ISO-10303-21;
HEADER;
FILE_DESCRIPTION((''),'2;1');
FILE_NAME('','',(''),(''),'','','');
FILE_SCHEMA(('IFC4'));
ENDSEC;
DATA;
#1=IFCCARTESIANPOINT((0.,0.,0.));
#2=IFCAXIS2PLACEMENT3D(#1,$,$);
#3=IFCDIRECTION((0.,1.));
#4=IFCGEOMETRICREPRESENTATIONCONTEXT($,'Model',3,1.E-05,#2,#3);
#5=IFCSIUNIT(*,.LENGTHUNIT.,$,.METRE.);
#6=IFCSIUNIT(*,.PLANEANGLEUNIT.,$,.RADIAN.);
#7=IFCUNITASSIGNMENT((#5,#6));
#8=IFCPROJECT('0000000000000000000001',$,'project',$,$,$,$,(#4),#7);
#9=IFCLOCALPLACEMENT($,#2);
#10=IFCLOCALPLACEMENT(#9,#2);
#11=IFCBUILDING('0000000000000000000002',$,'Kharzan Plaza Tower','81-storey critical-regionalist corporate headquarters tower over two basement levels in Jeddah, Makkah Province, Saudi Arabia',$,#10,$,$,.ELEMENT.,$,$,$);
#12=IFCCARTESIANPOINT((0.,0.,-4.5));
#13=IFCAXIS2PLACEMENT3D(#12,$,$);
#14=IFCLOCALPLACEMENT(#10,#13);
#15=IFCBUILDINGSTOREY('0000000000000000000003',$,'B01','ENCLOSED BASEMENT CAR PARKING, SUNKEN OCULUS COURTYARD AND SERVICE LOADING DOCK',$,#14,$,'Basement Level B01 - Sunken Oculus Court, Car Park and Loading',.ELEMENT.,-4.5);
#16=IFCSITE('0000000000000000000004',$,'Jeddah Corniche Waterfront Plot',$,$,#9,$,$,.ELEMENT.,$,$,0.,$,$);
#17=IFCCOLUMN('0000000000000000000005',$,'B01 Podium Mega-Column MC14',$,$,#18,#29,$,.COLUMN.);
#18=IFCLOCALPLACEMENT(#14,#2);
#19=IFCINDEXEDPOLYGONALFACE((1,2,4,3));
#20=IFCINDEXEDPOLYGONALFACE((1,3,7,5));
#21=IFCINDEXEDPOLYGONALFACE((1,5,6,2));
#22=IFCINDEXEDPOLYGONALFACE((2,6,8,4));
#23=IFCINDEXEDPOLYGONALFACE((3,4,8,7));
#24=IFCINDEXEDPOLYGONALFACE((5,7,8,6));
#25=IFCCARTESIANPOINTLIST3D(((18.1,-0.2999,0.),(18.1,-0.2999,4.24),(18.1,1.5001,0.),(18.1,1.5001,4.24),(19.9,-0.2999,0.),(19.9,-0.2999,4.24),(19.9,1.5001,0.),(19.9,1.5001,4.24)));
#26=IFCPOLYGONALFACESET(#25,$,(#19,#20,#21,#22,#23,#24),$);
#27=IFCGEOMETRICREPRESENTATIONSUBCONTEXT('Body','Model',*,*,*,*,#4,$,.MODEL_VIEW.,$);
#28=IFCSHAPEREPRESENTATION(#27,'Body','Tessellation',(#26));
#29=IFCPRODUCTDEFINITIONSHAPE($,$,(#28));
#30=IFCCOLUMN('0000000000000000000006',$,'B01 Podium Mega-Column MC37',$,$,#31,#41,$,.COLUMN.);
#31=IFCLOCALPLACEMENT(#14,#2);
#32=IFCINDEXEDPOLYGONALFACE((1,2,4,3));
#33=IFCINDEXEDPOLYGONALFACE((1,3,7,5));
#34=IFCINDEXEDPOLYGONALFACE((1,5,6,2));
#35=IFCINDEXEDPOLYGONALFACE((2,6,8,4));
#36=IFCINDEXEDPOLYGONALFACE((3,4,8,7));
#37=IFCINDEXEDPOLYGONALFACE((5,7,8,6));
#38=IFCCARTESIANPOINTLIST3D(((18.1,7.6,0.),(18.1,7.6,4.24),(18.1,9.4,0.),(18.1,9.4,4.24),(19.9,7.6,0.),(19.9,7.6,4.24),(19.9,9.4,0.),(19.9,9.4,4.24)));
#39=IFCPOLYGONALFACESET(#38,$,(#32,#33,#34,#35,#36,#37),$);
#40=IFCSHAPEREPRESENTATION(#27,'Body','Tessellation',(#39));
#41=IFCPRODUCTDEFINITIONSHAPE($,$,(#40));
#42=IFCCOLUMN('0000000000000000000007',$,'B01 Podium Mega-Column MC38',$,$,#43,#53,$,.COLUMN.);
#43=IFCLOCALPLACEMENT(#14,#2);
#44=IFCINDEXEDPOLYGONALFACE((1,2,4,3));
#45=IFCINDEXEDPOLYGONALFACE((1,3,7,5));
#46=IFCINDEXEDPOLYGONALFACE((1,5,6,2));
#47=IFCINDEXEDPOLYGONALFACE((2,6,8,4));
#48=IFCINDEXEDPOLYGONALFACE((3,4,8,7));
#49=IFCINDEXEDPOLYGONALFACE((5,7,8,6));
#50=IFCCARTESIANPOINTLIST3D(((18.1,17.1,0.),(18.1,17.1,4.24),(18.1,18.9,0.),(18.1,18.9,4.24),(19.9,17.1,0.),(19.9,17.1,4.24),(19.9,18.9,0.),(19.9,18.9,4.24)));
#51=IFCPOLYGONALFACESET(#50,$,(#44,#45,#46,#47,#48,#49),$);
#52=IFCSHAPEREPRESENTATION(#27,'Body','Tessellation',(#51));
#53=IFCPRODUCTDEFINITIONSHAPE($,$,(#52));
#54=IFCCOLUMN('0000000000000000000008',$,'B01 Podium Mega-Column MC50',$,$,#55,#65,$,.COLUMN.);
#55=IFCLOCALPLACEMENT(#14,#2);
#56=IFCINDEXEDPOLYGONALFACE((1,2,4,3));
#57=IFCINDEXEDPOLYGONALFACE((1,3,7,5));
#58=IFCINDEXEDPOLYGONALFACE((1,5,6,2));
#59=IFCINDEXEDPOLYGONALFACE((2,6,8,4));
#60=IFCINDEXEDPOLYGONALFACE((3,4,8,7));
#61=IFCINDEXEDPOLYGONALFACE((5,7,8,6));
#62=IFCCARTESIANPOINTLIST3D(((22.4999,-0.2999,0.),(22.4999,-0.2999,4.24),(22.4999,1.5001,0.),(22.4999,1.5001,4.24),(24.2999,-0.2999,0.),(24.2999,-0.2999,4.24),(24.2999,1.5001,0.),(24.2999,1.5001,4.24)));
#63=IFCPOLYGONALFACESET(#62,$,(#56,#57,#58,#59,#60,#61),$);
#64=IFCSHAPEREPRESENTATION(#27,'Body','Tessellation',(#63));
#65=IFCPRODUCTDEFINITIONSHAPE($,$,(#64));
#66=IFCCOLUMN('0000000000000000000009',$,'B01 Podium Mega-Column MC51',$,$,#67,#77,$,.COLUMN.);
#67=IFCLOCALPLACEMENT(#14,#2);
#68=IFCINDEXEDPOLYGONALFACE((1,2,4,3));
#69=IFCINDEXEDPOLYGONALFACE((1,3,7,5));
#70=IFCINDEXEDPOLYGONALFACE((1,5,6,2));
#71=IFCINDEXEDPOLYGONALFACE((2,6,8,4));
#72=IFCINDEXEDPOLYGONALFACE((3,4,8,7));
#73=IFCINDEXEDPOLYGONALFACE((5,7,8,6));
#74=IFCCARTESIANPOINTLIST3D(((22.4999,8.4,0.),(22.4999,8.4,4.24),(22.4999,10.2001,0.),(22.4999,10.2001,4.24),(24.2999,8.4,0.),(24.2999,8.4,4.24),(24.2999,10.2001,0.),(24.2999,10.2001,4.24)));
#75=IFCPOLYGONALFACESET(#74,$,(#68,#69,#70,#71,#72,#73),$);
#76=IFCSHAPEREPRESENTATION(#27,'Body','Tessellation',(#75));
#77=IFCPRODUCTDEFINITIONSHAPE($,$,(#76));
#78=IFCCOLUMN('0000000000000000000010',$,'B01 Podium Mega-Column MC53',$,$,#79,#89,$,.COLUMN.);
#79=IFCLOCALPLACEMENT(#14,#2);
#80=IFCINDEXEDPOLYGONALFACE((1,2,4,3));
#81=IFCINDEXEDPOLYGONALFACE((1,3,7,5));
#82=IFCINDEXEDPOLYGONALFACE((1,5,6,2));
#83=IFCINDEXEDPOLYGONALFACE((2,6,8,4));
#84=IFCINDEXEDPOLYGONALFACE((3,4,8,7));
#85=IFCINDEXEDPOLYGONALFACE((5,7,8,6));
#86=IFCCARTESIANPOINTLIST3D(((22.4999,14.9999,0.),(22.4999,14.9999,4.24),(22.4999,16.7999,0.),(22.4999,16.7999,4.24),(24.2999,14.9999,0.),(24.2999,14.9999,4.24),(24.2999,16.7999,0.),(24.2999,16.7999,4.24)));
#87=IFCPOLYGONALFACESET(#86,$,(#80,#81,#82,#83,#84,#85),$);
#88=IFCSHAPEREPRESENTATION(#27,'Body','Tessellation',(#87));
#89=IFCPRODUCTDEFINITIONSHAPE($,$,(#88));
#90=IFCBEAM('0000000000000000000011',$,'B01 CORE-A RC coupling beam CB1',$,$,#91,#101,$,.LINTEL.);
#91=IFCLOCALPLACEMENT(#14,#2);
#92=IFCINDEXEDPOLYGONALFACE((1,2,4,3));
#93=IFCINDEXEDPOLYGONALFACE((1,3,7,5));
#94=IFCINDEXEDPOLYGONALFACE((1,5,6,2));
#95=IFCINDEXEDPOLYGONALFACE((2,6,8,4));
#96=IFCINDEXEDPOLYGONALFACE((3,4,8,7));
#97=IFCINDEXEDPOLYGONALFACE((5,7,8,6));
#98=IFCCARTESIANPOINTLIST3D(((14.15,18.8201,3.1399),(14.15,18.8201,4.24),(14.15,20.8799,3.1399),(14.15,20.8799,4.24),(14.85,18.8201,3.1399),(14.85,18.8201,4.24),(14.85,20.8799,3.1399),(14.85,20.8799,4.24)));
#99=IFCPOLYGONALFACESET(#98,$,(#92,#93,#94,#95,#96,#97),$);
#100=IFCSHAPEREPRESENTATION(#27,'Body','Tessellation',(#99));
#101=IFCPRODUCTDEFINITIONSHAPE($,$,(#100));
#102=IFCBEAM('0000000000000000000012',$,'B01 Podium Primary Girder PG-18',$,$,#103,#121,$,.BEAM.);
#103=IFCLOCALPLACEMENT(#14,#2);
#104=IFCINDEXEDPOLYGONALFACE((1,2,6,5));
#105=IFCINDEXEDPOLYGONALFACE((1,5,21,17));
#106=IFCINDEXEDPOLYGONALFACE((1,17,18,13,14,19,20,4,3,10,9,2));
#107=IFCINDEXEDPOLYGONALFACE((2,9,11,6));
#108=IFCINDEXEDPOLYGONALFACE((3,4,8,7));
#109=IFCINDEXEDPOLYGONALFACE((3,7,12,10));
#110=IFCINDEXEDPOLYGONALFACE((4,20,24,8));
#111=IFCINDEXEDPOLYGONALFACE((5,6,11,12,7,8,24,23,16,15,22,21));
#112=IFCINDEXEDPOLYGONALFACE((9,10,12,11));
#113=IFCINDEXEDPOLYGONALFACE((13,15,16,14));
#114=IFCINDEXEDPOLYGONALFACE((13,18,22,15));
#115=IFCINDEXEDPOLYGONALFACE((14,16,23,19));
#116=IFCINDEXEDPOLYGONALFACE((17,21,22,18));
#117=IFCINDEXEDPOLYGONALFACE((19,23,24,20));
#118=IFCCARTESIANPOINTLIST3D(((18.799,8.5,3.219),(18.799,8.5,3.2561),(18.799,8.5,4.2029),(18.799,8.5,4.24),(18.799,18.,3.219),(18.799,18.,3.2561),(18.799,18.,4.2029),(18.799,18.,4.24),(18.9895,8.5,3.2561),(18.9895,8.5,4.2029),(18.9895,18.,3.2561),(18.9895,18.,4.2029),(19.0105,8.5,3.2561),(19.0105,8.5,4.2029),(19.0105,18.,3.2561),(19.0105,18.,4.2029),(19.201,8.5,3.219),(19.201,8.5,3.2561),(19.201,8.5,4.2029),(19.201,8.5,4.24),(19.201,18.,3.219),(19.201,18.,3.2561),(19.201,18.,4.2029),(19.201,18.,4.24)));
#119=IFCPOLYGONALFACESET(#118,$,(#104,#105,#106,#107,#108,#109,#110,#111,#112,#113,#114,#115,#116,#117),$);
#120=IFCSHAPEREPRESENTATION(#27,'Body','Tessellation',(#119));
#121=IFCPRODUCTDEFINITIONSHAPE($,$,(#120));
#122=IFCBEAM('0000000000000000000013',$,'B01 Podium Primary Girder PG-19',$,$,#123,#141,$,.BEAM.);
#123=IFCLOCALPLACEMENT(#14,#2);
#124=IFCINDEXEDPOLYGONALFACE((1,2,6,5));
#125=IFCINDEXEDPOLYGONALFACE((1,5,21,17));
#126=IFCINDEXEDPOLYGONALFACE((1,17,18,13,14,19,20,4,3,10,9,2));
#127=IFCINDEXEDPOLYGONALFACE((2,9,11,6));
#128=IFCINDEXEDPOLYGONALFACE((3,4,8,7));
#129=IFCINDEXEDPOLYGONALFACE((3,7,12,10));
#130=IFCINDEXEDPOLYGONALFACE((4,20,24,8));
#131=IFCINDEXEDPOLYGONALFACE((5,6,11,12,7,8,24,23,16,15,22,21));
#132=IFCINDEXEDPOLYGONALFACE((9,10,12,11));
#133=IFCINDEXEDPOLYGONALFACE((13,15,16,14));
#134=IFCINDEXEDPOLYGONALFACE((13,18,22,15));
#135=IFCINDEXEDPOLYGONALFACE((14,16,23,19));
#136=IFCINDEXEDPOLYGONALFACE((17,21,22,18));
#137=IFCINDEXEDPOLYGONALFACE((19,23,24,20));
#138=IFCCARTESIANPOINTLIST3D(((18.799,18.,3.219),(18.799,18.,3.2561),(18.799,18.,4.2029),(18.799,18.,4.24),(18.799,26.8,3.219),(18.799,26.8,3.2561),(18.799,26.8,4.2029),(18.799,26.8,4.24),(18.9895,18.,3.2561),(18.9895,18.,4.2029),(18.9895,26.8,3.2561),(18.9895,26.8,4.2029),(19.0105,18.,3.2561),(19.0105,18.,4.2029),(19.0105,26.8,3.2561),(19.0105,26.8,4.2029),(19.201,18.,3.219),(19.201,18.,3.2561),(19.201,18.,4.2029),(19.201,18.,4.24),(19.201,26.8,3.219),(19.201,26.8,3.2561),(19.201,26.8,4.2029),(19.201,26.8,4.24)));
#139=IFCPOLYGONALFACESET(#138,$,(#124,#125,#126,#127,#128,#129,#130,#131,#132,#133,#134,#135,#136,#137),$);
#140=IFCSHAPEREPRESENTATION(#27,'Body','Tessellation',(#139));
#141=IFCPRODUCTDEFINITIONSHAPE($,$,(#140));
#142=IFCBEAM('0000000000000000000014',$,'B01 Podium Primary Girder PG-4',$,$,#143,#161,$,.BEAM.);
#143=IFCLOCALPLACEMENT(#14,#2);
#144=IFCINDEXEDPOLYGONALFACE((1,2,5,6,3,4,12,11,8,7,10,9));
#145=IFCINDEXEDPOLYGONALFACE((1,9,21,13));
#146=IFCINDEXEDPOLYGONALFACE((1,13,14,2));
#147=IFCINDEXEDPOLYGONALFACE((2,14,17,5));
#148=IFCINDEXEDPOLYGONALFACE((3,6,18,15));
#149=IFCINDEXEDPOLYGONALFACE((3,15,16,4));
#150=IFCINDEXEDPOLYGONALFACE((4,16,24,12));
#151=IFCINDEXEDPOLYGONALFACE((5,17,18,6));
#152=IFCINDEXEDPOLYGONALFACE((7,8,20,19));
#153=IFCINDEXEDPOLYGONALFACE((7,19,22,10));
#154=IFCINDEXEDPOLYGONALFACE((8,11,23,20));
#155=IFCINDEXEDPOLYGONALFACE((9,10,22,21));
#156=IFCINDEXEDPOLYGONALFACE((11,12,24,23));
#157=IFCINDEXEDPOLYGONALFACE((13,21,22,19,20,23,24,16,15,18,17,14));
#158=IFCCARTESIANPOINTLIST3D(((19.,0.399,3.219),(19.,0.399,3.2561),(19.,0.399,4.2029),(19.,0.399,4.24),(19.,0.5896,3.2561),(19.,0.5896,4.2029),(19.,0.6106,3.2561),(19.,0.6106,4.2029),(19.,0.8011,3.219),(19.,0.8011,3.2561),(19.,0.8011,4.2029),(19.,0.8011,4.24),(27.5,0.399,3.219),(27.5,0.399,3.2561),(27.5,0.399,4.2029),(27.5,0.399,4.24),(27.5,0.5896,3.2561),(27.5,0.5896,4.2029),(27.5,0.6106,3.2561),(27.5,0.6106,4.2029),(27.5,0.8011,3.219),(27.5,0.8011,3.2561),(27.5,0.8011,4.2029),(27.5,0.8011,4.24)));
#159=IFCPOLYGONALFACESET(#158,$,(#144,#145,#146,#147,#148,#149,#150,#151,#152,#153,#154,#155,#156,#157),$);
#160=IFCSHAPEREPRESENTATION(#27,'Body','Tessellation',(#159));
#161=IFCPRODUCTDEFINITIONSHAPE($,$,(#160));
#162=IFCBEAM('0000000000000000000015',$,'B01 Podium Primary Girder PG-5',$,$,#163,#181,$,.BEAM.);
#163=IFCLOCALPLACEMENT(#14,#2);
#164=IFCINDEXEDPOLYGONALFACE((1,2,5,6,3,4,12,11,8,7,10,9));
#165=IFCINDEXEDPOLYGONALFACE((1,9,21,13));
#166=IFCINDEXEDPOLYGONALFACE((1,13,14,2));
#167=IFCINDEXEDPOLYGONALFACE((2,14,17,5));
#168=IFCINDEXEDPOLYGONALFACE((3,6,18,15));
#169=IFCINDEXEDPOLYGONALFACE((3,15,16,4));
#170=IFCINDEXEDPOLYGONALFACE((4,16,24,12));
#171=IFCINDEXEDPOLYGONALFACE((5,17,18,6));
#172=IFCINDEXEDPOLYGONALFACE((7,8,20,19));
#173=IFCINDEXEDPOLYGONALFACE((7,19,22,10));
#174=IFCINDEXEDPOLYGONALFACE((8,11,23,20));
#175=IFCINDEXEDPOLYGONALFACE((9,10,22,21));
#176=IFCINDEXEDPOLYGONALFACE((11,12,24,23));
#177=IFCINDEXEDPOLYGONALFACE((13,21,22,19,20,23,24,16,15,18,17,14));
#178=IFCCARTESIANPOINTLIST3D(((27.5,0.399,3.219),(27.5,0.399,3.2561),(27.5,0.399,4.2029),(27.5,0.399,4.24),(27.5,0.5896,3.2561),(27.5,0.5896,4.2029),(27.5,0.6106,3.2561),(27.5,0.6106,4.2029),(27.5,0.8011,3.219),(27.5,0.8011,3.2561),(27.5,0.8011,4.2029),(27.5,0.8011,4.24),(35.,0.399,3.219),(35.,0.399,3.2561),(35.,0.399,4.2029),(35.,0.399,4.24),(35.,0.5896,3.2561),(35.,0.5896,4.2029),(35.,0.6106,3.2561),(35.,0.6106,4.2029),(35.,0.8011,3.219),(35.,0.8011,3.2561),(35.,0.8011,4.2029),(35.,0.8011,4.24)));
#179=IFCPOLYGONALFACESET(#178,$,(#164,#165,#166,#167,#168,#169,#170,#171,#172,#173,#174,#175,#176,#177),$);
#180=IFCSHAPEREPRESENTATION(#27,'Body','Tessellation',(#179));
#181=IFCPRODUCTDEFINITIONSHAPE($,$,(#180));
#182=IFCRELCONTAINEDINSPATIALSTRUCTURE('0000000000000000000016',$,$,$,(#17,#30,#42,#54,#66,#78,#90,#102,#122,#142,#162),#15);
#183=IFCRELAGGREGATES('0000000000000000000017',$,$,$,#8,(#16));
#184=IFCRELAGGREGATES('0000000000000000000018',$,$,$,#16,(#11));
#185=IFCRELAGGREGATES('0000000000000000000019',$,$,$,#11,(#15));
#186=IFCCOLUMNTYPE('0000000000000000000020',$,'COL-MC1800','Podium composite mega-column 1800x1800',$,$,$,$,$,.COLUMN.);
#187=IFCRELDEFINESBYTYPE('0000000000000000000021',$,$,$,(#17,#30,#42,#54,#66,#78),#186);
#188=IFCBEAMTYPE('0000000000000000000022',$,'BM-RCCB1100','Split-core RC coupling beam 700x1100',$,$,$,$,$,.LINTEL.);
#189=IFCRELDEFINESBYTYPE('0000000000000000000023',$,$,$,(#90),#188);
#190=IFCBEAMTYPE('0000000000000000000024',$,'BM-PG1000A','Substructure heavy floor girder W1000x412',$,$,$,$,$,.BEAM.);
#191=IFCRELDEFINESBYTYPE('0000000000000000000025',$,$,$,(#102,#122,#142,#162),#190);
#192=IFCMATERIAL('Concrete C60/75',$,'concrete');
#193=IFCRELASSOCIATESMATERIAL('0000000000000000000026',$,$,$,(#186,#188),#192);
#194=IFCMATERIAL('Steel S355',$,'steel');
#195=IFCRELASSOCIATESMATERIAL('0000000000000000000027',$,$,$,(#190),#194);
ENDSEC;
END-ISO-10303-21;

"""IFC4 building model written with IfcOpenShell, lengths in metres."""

from ifc_helpers import new_model, si_unit, direction, frame, origin, origin_2d, place, context, subcontext, project, spatial, rectangle, i_section, extrude, source, transform, mapped, material, material_profile, profile_set, type_object, element, save


model = new_model("IFC4")

# Units and contexts
model_context = context("Model", 3, precision=1e-05, world=origin(), true_north=direction((0.0, 1.0)))
body_context = subcontext(model_context, "Body", "Model", "MODEL_VIEW")
ifc_project = project(units=[si_unit("LENGTHUNIT", "METRE"), si_unit("PLANEANGLEUNIT", "RADIAN")], contexts=[model_context])

# Site, building, storey
site_placement = place(None, origin())
site = spatial("IfcSite", under=ifc_project, at=site_placement, Name="Jeddah Corniche Waterfront Plot", CompositionType="ELEMENT", RefElevation=0.0)
building_placement = place(site_placement, origin())
building = spatial("IfcBuilding", under=site, at=building_placement, Name="Kharzan Plaza Tower", Description="81-storey critical-regionalist corporate headquarters tower over two basement levels in Jeddah, Makkah Province, Saudi Arabia", CompositionType="ELEMENT")
storey_placement = place(building_placement, frame((0.0, 0.0, -4.5)))
storey = spatial("IfcBuildingStorey", under=building, at=storey_placement, Name="B01", Description="ENCLOSED BASEMENT CAR PARKING, SUNKEN OCULUS COURTYARD AND SERVICE LOADING DOCK", LongName="Basement Level B01 - Sunken Oculus Court, Car Park and Loading", CompositionType="ELEMENT", Elevation=-4.5)

# Columns
ifc_material_1 = material(Name="Concrete C60/75", Category="concrete")
ifc_material_profile_1 = material_profile(ifc_material_1, rectangle(XDim=1.8, YDim=1.8, at=origin_2d()), Name="RC-MC1800x1800")
ifc_profile_set_1 = profile_set([ifc_material_profile_1], Name="Concrete C60/75")
column_type = type_object("IfcColumnType", Name="COL-MC1800", Description="Podium composite mega-column 1800x1800", PredefinedType="COLUMN", material=ifc_profile_set_1)
shared_shape_1 = source(origin(), body_context, "Body", "SweptSolid", [
    extrude(rectangle(XDim=1.8, YDim=1.8, at=origin_2d()), origin(), (0.0, 0.0, 1.0), 4.24),
])
for number, where, z_axis, x_axis, name in (
    (1, (19.0, 0.6001, 0.0), (0.0, 0.0, 1.0), (1.0, 0.0, 0.0), "B01 Podium Mega-Column MC14"),
    (2, (19.0, 8.5, 0.0), (0.0, 0.0, 1.0), (1.0, 0.0, 0.0), "B01 Podium Mega-Column MC37"),
    (3, (19.0, 18.0, 0.0), (0.0, 0.0, 1.0), (1.0, 0.0, 0.0), "B01 Podium Mega-Column MC38"),
    (4, (23.3999, 0.6001, 0.0), (0.0, 0.0, 1.0), (1.0, 0.0, 0.0), "B01 Podium Mega-Column MC50"),
    (5, (23.3999, 9.3, 0.0), (0.0, 0.0, 1.0), (1.0, 0.0, 0.0), "B01 Podium Mega-Column MC51"),
    (6, (23.3999, 15.8999, 0.0), (0.0, 0.0, 1.0), (1.0, 0.0, 0.0), "B01 Podium Mega-Column MC53"),
):
    element("IfcColumn", number, at=place(storey_placement, frame(where, z_axis=z_axis, x_axis=x_axis)), inside=storey, type_object=column_type, Name=name, PredefinedType="COLUMN", context=body_context, shape_type="MappedRepresentation", body=[
        mapped(shared_shape_1, transform((0.0, 0.0, 0.0), x_axis=(1.0, 0.0, 0.0), y_axis=(0.0, 1.0, 0.0), z_axis=(0.0, 0.0, 1.0))),
    ])

# Beams
ifc_material_profile_2 = material_profile(ifc_material_1, rectangle(XDim=0.7, YDim=1.1001, at=origin_2d()), Name="RC-CB1100x700")
ifc_profile_set_2 = profile_set([ifc_material_profile_2], Name="Concrete C60/75")
beam_type_1 = type_object("IfcBeamType", Name="BM-RCCB1100", Description="Split-core RC coupling beam 700x1100", PredefinedType="LINTEL", material=ifc_profile_set_2)
shared_shape_2 = source(origin(), body_context, "Body", "SweptSolid", [
    extrude(rectangle(XDim=0.7, YDim=1.1001, at=origin_2d()), origin(), (0.0, 0.0, 1.0), 2.0598),
])
beam_1_placement = place(storey_placement, frame((14.5, 18.8201, 3.6899), z_axis=(0.0, 1.0, 0.0), x_axis=(-1.0, 0.0, 0.0)))
element("IfcBeam", 7, at=beam_1_placement, inside=storey, type_object=beam_type_1, Name="B01 CORE-A RC coupling beam CB1", PredefinedType="LINTEL", context=body_context, shape_type="MappedRepresentation", body=[
    mapped(shared_shape_2, transform((0.0, 0.0, 0.0), x_axis=(1.0, 0.0, 0.0), y_axis=(0.0, 1.0, 0.0), z_axis=(0.0, 0.0, 1.0))),
])
ifc_material_2 = material(Name="Steel S355", Category="steel")
ifc_material_profile_3 = material_profile(ifc_material_2, i_section(OverallWidth=0.4021, OverallDepth=1.021, WebThickness=0.021, FlangeThickness=0.0371, at=origin_2d()), Name="W1000x412")
ifc_profile_set_3 = profile_set([ifc_material_profile_3], Name="Steel S355")
beam_type_2 = type_object("IfcBeamType", Name="BM-PG1000A", Description="Substructure heavy floor girder W1000x412", PredefinedType="BEAM", material=ifc_profile_set_3)
shared_shape_3 = source(origin(), body_context, "Body", "SweptSolid", [
    extrude(i_section(OverallWidth=0.4021, OverallDepth=1.021, WebThickness=0.021, FlangeThickness=0.0371, at=origin_2d()), origin(), (0.0, 0.0, 1.0), 9.5),
])
beam_2_placement = place(storey_placement, frame((19.0, 8.5, 3.7295), z_axis=(0.0, 1.0, 0.0), x_axis=(-1.0, 0.0, 0.0)))
element("IfcBeam", 8, at=beam_2_placement, inside=storey, type_object=beam_type_2, Name="B01 Podium Primary Girder PG-18", PredefinedType="BEAM", context=body_context, shape_type="MappedRepresentation", body=[
    mapped(shared_shape_3, transform((0.0, 0.0, 0.0), x_axis=(1.0, 0.0, 0.0), y_axis=(0.0, 1.0, 0.0), z_axis=(0.0, 0.0, 1.0))),
])
shared_shape_4 = source(origin(), body_context, "Body", "SweptSolid", [
    extrude(i_section(OverallWidth=0.4021, OverallDepth=1.021, WebThickness=0.021, FlangeThickness=0.0371, at=origin_2d()), origin(), (0.0, 0.0, 1.0), 8.8),
])
beam_3_placement = place(storey_placement, frame((19.0, 18.0, 3.7295), z_axis=(0.0, 1.0, 0.0), x_axis=(-1.0, 0.0, 0.0)))
element("IfcBeam", 9, at=beam_3_placement, inside=storey, type_object=beam_type_2, Name="B01 Podium Primary Girder PG-19", PredefinedType="BEAM", context=body_context, shape_type="MappedRepresentation", body=[
    mapped(shared_shape_4, transform((0.0, 0.0, 0.0), x_axis=(1.0, 0.0, 0.0), y_axis=(0.0, 1.0, 0.0), z_axis=(0.0, 0.0, 1.0))),
])
shared_shape_5 = source(origin(), body_context, "Body", "SweptSolid", [
    extrude(i_section(OverallWidth=0.4021, OverallDepth=1.021, WebThickness=0.021, FlangeThickness=0.0371, at=origin_2d()), origin(), (0.0, 0.0, 1.0), 8.5),
])
beam_4_placement = place(storey_placement, frame((19.0, 0.6001, 3.7295), z_axis=(1.0, 0.0, 0.0), x_axis=(0.0, 1.0, 0.0)))
element("IfcBeam", 10, at=beam_4_placement, inside=storey, type_object=beam_type_2, Name="B01 Podium Primary Girder PG-4", PredefinedType="BEAM", context=body_context, shape_type="MappedRepresentation", body=[
    mapped(shared_shape_5, transform((0.0, 0.0, 0.0), x_axis=(1.0, 0.0, 0.0), y_axis=(0.0, 1.0, 0.0), z_axis=(0.0, 0.0, 1.0))),
])
shared_shape_6 = source(origin(), body_context, "Body", "SweptSolid", [
    extrude(i_section(OverallWidth=0.4021, OverallDepth=1.021, WebThickness=0.021, FlangeThickness=0.0371, at=origin_2d()), origin(), (0.0, 0.0, 1.0), 7.5),
])
beam_5_placement = place(storey_placement, frame((27.5, 0.6001, 3.7295), z_axis=(1.0, 0.0, 0.0), x_axis=(0.0, 1.0, 0.0)))
element("IfcBeam", 11, at=beam_5_placement, inside=storey, type_object=beam_type_2, Name="B01 Podium Primary Girder PG-5", PredefinedType="BEAM", context=body_context, shape_type="MappedRepresentation", body=[
    mapped(shared_shape_6, transform((0.0, 0.0, 0.0), x_axis=(1.0, 0.0, 0.0), y_axis=(0.0, 1.0, 0.0), z_axis=(0.0, 0.0, 1.0))),
])

save(model, "model.ifc")
